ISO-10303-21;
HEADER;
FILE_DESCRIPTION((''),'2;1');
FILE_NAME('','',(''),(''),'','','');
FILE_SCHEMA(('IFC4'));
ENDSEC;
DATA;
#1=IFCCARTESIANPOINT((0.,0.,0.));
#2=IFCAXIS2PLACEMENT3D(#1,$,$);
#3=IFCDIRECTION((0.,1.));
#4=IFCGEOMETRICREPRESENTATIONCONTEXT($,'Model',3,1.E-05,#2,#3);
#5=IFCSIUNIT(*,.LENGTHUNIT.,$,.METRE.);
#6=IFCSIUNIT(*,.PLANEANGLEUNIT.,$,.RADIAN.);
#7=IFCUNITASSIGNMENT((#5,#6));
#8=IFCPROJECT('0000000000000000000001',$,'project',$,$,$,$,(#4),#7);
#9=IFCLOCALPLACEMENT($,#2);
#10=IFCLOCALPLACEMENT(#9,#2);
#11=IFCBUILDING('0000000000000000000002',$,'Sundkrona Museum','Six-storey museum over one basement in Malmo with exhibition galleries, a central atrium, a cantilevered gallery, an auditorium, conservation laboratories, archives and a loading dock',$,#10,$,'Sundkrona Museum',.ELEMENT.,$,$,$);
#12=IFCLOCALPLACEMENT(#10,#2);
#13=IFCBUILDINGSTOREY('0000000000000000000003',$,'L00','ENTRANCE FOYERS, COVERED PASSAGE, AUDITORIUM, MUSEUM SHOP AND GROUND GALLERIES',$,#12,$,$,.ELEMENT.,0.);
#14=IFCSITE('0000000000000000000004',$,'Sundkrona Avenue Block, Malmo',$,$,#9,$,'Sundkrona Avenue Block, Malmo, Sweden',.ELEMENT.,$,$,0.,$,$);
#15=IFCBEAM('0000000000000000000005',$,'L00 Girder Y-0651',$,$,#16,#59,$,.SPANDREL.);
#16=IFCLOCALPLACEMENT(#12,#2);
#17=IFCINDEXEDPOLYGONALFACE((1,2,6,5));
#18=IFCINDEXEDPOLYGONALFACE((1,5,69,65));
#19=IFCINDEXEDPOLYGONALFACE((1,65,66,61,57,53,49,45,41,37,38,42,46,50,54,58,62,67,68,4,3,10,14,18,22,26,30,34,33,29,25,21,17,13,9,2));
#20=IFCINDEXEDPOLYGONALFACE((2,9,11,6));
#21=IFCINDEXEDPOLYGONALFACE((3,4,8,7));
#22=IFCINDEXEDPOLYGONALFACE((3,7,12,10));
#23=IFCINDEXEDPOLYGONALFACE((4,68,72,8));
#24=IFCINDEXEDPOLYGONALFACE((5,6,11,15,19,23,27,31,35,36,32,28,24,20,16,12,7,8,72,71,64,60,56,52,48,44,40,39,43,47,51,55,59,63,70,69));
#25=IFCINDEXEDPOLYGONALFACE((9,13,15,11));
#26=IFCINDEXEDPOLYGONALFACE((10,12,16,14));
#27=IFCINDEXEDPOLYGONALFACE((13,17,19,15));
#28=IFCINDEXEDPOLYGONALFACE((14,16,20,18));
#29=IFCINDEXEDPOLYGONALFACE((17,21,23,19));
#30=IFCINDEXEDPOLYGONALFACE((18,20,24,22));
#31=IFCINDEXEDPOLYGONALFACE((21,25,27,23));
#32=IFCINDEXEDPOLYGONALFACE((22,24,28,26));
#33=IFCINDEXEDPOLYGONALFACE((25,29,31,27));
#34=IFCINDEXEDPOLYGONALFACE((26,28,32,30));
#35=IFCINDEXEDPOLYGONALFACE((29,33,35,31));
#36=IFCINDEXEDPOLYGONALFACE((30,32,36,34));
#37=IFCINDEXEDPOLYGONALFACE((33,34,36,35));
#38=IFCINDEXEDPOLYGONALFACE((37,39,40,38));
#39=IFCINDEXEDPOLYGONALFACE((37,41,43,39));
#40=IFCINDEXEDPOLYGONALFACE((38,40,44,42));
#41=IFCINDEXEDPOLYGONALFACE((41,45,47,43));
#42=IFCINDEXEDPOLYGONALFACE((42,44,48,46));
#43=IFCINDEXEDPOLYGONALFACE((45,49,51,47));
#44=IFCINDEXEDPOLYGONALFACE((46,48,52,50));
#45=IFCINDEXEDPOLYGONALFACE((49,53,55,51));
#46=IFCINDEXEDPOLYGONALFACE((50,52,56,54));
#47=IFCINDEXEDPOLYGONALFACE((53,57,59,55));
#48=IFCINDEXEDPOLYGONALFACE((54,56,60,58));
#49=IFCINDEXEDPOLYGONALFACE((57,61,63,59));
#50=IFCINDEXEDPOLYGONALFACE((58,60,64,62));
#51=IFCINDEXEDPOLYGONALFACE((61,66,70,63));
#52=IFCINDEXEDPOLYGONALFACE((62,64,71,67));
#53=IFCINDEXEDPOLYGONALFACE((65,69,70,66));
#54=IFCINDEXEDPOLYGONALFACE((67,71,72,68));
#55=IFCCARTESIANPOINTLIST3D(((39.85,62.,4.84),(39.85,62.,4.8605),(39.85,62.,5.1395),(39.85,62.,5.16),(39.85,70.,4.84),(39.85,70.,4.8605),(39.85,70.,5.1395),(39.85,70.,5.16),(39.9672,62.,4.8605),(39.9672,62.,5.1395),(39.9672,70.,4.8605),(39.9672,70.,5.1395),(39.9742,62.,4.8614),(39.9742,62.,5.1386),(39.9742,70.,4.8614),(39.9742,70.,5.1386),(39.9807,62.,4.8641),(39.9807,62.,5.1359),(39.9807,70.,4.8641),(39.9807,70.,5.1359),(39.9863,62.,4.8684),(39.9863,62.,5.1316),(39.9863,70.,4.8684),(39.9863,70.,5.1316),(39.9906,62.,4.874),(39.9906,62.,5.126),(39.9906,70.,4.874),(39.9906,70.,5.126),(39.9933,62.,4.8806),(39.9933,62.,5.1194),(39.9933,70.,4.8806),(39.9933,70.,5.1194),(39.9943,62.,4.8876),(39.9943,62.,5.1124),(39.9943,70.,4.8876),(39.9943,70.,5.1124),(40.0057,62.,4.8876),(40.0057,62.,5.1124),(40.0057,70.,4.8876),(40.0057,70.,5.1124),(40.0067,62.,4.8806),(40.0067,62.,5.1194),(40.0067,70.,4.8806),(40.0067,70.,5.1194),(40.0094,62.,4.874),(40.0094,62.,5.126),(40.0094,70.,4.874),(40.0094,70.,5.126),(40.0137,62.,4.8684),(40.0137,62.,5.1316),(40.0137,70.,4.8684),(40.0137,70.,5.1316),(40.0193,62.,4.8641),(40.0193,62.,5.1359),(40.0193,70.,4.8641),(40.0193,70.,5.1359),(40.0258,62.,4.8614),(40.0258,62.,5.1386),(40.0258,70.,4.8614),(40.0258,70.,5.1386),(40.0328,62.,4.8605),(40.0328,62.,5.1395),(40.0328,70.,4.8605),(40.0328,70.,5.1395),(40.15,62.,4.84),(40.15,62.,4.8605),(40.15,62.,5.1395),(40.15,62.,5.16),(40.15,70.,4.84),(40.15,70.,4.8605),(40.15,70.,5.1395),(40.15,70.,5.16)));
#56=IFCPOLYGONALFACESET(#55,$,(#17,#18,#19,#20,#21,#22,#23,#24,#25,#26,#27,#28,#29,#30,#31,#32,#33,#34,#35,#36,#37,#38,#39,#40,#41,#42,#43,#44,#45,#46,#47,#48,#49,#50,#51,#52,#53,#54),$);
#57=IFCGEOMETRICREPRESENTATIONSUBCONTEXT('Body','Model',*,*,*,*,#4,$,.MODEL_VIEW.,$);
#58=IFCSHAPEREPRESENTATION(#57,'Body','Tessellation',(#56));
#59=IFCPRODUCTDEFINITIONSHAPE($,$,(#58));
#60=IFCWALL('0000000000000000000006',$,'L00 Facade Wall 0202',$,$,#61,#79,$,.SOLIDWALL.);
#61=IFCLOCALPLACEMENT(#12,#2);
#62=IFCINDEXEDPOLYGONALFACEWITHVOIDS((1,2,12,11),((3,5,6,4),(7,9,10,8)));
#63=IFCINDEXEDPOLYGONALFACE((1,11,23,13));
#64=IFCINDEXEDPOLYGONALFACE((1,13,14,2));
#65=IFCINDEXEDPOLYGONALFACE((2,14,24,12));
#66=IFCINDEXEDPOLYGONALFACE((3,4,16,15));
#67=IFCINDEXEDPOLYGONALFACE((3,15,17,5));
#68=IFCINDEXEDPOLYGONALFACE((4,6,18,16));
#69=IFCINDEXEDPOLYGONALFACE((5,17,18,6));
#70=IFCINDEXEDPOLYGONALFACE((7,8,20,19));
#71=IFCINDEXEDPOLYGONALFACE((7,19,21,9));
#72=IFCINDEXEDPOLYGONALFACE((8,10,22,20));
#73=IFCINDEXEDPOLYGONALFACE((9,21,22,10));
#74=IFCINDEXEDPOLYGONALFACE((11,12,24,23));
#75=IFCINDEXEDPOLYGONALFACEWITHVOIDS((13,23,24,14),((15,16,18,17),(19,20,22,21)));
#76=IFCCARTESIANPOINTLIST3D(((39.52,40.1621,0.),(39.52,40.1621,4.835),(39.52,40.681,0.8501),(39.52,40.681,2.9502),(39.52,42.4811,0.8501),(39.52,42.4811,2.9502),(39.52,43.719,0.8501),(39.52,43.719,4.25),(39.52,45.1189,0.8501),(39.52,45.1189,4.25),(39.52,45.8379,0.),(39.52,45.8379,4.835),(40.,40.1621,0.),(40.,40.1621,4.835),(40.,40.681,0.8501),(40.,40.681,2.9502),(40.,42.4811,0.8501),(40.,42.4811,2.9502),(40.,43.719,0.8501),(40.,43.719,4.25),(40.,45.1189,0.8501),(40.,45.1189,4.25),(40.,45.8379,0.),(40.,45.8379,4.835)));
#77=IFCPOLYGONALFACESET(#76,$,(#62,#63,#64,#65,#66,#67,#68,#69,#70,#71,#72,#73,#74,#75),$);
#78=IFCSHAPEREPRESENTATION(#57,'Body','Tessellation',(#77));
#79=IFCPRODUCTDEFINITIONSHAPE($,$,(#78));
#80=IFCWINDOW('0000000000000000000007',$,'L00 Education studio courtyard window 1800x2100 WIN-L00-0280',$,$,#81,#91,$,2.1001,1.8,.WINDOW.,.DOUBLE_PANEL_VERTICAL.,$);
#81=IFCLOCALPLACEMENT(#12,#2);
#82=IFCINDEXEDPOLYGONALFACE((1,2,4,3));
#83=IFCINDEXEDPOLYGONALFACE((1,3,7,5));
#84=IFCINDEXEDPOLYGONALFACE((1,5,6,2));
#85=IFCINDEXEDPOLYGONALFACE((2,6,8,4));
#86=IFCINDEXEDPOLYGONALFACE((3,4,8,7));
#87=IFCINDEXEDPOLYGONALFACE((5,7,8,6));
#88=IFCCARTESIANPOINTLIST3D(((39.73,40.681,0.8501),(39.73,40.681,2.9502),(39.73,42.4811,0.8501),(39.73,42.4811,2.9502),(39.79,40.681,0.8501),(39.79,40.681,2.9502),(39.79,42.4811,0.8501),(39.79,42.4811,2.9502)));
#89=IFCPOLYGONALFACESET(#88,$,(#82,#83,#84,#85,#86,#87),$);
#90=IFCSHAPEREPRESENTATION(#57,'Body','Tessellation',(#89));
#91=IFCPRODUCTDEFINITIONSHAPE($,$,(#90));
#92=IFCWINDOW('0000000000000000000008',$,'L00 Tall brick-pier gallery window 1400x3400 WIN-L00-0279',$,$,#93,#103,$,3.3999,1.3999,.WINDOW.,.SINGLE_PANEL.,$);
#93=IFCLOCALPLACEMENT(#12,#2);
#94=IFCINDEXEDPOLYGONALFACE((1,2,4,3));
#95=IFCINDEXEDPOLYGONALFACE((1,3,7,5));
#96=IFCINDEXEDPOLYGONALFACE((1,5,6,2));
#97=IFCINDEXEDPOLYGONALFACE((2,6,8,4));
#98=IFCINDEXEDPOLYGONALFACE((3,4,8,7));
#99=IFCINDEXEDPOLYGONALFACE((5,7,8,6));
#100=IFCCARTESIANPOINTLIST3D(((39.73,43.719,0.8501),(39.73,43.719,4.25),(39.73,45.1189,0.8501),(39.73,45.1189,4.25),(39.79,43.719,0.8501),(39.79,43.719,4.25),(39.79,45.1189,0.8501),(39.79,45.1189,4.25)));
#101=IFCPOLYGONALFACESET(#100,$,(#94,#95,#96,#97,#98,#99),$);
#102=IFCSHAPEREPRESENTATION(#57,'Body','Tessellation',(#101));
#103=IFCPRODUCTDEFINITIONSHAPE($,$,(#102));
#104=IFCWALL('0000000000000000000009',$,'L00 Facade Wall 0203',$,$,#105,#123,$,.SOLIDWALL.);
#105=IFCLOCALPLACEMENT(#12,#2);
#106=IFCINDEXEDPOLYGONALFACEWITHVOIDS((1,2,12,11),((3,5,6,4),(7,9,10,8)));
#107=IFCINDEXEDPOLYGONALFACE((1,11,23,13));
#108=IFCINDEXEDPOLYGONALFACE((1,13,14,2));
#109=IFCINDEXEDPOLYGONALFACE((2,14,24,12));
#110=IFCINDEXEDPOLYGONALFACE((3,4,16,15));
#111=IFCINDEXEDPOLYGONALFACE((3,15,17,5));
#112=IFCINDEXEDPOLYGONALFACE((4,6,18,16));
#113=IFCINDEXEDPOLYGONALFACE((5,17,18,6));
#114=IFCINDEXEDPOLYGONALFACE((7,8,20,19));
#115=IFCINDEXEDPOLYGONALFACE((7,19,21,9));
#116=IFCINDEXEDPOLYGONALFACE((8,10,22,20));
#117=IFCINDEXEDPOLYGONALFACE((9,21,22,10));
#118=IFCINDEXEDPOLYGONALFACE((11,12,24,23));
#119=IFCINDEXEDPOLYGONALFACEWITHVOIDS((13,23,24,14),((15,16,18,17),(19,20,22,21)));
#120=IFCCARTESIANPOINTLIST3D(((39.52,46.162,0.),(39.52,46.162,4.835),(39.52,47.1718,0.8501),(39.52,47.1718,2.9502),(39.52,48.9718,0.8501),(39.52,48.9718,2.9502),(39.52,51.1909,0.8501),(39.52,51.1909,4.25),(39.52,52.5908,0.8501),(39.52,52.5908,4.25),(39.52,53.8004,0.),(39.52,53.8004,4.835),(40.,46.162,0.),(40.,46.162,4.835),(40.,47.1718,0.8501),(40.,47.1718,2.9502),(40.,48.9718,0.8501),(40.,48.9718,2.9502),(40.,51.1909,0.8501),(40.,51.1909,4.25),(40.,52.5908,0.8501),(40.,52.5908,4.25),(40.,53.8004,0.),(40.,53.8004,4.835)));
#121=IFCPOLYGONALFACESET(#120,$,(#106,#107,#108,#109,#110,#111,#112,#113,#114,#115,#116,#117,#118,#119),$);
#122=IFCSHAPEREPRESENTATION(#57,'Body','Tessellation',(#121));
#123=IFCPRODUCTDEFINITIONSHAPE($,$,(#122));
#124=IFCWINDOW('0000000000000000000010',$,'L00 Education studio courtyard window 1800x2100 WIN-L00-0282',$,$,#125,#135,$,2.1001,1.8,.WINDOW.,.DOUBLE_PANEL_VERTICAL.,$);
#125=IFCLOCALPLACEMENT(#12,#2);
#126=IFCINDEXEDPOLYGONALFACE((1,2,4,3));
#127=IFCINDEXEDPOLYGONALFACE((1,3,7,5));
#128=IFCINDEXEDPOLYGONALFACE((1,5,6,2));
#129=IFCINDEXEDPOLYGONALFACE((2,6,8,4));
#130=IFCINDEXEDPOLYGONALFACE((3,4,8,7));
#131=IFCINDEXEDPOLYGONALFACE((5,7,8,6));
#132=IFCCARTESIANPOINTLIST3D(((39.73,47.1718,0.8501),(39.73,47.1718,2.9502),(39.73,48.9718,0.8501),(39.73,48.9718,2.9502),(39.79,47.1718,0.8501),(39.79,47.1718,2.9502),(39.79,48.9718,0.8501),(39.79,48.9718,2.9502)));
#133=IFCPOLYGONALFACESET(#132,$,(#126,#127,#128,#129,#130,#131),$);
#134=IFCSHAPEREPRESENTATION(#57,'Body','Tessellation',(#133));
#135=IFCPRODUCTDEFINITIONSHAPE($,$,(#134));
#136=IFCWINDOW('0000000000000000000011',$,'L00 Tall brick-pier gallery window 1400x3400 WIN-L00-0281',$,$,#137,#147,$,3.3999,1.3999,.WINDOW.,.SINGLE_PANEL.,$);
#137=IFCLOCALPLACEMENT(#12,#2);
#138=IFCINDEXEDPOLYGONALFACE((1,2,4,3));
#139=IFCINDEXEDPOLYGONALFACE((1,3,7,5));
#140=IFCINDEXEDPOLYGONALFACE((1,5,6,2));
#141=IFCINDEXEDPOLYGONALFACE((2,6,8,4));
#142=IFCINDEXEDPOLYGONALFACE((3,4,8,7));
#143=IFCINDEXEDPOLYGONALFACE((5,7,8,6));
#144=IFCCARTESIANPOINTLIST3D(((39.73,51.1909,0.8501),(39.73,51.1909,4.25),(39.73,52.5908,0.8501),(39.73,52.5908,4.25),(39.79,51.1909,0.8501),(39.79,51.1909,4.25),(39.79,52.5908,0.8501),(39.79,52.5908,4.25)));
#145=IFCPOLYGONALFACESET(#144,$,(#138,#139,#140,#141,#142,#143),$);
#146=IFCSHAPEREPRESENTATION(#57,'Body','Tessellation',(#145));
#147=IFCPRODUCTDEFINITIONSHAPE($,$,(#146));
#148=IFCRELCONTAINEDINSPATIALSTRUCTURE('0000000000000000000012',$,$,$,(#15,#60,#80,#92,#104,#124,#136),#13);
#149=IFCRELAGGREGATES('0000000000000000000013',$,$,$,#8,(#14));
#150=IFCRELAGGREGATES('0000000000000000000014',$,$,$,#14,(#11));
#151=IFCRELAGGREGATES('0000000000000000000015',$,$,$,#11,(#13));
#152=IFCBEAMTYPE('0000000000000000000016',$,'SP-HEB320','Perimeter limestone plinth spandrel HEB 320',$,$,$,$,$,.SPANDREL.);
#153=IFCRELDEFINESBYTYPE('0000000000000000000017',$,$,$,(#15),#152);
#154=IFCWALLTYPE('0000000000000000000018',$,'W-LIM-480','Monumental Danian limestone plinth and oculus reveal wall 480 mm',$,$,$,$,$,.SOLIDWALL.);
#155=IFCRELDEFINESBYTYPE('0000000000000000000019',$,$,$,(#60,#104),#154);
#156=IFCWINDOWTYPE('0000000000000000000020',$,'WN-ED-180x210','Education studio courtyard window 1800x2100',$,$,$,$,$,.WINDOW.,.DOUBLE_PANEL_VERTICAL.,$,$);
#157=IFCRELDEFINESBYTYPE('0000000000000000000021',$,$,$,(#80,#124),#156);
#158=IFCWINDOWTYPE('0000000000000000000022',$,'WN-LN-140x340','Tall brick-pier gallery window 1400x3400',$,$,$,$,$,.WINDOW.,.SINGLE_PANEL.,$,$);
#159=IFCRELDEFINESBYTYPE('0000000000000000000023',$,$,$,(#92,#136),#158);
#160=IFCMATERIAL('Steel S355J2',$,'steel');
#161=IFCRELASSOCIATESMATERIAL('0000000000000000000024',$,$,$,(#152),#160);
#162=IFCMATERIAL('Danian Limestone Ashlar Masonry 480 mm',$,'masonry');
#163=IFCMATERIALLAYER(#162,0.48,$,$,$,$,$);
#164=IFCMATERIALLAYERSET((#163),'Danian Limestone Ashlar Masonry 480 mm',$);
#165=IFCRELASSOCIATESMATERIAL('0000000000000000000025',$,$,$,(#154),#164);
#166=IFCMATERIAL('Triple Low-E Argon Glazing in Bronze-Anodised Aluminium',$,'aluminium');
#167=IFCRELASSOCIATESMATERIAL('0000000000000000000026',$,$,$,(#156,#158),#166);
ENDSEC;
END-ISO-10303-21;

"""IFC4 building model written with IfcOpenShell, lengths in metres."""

from ifc_helpers import new_model, si_unit, direction, frame, frame_2d, origin, origin_2d, place, context, subcontext, project, spatial, rectangle, i_section, extrude, material, layer, layer_set, material_profile, profile_set, type_object, element, fill, save


model = new_model("IFC4")

# Units and contexts
model_context = context("Model", 3, precision=1e-05, world=origin(), true_north=direction((0.0, 1.0)))
body_context = subcontext(model_context, "Body", "Model", "MODEL_VIEW")
ifc_project = project(units=[si_unit("LENGTHUNIT", "METRE"), si_unit("PLANEANGLEUNIT", "RADIAN")], contexts=[model_context])

# Site, building, storey
site_placement = place(None, origin())
site = spatial("IfcSite", under=ifc_project, at=site_placement, Name="Sundkrona Avenue Block, Malmo", LongName="Sundkrona Avenue Block, Malmo, Sweden", CompositionType="ELEMENT", RefElevation=0.0)
building_placement = place(site_placement, origin())
building = spatial("IfcBuilding", under=site, at=building_placement, Name="Sundkrona Museum", Description="Six-storey museum over one basement in Malmo with exhibition galleries, a central atrium, a cantilevered gallery, an auditorium, conservation laboratories, archives and a loading dock", LongName="Sundkrona Museum", CompositionType="ELEMENT")
storey_placement = place(building_placement, origin())
storey = spatial("IfcBuildingStorey", under=building, at=storey_placement, Name="L00", Description="ENTRANCE FOYERS, COVERED PASSAGE, AUDITORIUM, MUSEUM SHOP AND GROUND GALLERIES", CompositionType="ELEMENT", Elevation=0.0)

# Shared definitions
ifc_material_1 = material(Name="Steel S355J2", Category="steel")

# Beam
ifc_material_profile_1 = material_profile(ifc_material_1, i_section(OverallWidth=0.3, OverallDepth=0.3201, WebThickness=0.0115, FlangeThickness=0.0205, FilletRadius=0.0271, at=origin_2d()), Name="HEB 320")
ifc_profile_set_1 = profile_set([ifc_material_profile_1], Name="Steel S355J2")
beam_type_1 = type_object("IfcBeamType", Name="SP-HEB320", Description="Perimeter limestone plinth spandrel HEB 320", PredefinedType="SPANDREL", material=ifc_profile_set_1)
for number, where, z_axis, x_axis, name in (
    (1, (40.0, 62.0, 5.0), (0.0, 1.0, 0.0), (-1.0, 0.0, 0.0), "L00 Girder Y-0651"),
):
    element("IfcBeam", number, at=place(storey_placement, frame(where, z_axis=z_axis, x_axis=x_axis)), inside=storey, type_object=beam_type_1, Name=name, PredefinedType="SPANDREL", context=body_context, shape_type="SweptSolid", body=[
        extrude(i_section(OverallWidth=0.3, OverallDepth=0.3201, WebThickness=0.0115, FlangeThickness=0.0205, FilletRadius=0.0271, at=origin_2d()), origin(), (0.0, 0.0, 1.0), 8.0),
    ])

# Walls, openings, windows
ifc_material_2 = material(Name="Danian Limestone Ashlar Masonry 480 mm", Category="masonry")
ifc_layer_1 = layer(ifc_material_2, 0.48)
ifc_layer_set_1 = layer_set([ifc_layer_1], Name="Danian Limestone Ashlar Masonry 480 mm")
wall_type_1 = type_object("IfcWallType", Name="W-LIM-480", Description="Monumental Danian limestone plinth and oculus reveal wall 480 mm", PredefinedType="SOLIDWALL", material=ifc_layer_set_1)
wall_1_placement = place(storey_placement, frame((39.76, 45.8379, 0.0), z_axis=(0.0, 0.0, 1.0), x_axis=(0.0, -1.0, 0.0)))
wall_1 = element("IfcWall", 2, at=wall_1_placement, inside=storey, type_object=wall_type_1, Name="L00 Facade Wall 0202", PredefinedType="SOLIDWALL", context=body_context, shape_type="SweptSolid", body=[
    extrude(rectangle(XDim=5.6758, YDim=0.48, at=frame_2d((2.8379, 0.0))), origin(), (0.0, 0.0, 1.0), 4.835),
])
opening_1_placement = place(wall_1_placement, frame((0.719, 0.0, 0.8501)))
opening_1 = element("IfcOpeningElement", 3, at=opening_1_placement, cuts=wall_1, PredefinedType="OPENING", context=body_context, shape_type="SweptSolid", body=[
    extrude(rectangle(XDim=1.3999, YDim=3.3999, at=frame_2d((0.7, 1.7))), frame((0.0, 0.25, 0.0), z_axis=(0.0, -1.0, 0.0), x_axis=(1.0, 0.0, 0.0)), (0.0, 0.0, 1.0), 0.5),
])
opening_2_placement = place(wall_1_placement, frame((3.3569, 0.0, 0.8501)))
opening_2 = element("IfcOpeningElement", 4, at=opening_2_placement, cuts=wall_1, PredefinedType="OPENING", context=body_context, shape_type="SweptSolid", body=[
    extrude(rectangle(XDim=1.8, YDim=2.1001, at=frame_2d((0.8999, 1.05))), frame((0.0, 0.25, 0.0), z_axis=(0.0, -1.0, 0.0), x_axis=(1.0, 0.0, 0.0)), (0.0, 0.0, 1.0), 0.5),
])
ifc_material_3 = material(Name="Triple Low-E Argon Glazing in Bronze-Anodised Aluminium", Category="aluminium")
window_type_1 = type_object("IfcWindowType", Name="WN-ED-180x210", Description="Education studio courtyard window 1800x2100", PartitioningType="DOUBLE_PANEL_VERTICAL", PredefinedType="WINDOW", material=ifc_material_3)
window_1_placement = place(opening_2_placement, origin())
window_1 = element("IfcWindow", 5, at=window_1_placement, inside=storey, type_object=window_type_1, Name="L00 Education studio courtyard window 1800x2100 WIN-L00-0280", OverallHeight=2.1001, OverallWidth=1.8, PartitioningType="DOUBLE_PANEL_VERTICAL", PredefinedType="WINDOW", context=body_context, shape_type="SweptSolid", body=[
    extrude(rectangle(XDim=1.8, YDim=2.1001, at=frame_2d((0.8999, 1.05))), frame((0.0, 0.03, 0.0), z_axis=(0.0, -1.0, 0.0), x_axis=(1.0, 0.0, 0.0)), (0.0, 0.0, 1.0), 0.0601),
])
fill(opening_2, window_1)
window_type_2 = type_object("IfcWindowType", Name="WN-LN-140x340", Description="Tall brick-pier gallery window 1400x3400", PartitioningType="SINGLE_PANEL", PredefinedType="WINDOW", material=ifc_material_3)
window_2_placement = place(opening_1_placement, origin())
window_2 = element("IfcWindow", 6, at=window_2_placement, inside=storey, type_object=window_type_2, Name="L00 Tall brick-pier gallery window 1400x3400 WIN-L00-0279", OverallHeight=3.3999, OverallWidth=1.3999, PartitioningType="SINGLE_PANEL", PredefinedType="WINDOW", context=body_context, shape_type="SweptSolid", body=[
    extrude(rectangle(XDim=1.3999, YDim=3.3999, at=frame_2d((0.7, 1.7))), frame((0.0, 0.03, 0.0), z_axis=(0.0, -1.0, 0.0), x_axis=(1.0, 0.0, 0.0)), (0.0, 0.0, 1.0), 0.0601),
])
fill(opening_1, window_2)
wall_2_placement = place(storey_placement, frame((39.76, 53.8005, 0.0), z_axis=(0.0, 0.0, 1.0), x_axis=(0.0, -1.0, 0.0)))
wall_2 = element("IfcWall", 7, at=wall_2_placement, inside=storey, type_object=wall_type_1, Name="L00 Facade Wall 0203", PredefinedType="SOLIDWALL", context=body_context, shape_type="SweptSolid", body=[
    extrude(rectangle(XDim=7.6384, YDim=0.48, at=frame_2d((3.8193, 0.0))), origin(), (0.0, 0.0, 1.0), 4.835),
])
opening_3_placement = place(wall_2_placement, frame((1.2097, 0.0, 0.8501)))
opening_3 = element("IfcOpeningElement", 8, at=opening_3_placement, cuts=wall_2, PredefinedType="OPENING", context=body_context, shape_type="SweptSolid", body=[
    extrude(rectangle(XDim=1.3999, YDim=3.3999, at=frame_2d((0.7, 1.7))), frame((0.0, 0.25, 0.0), z_axis=(0.0, -1.0, 0.0), x_axis=(1.0, 0.0, 0.0)), (0.0, 0.0, 1.0), 0.5),
])
opening_4_placement = place(wall_2_placement, frame((4.8289, 0.0, 0.8501)))
opening_4 = element("IfcOpeningElement", 9, at=opening_4_placement, cuts=wall_2, PredefinedType="OPENING", context=body_context, shape_type="SweptSolid", body=[
    extrude(rectangle(XDim=1.8, YDim=2.1001, at=frame_2d((0.8999, 1.05))), frame((0.0, 0.25, 0.0), z_axis=(0.0, -1.0, 0.0), x_axis=(1.0, 0.0, 0.0)), (0.0, 0.0, 1.0), 0.5),
])
window_3_placement = place(opening_4_placement, origin())
window_3 = element("IfcWindow", 10, at=window_3_placement, inside=storey, type_object=window_type_1, Name="L00 Education studio courtyard window 1800x2100 WIN-L00-0282", OverallHeight=2.1001, OverallWidth=1.8, PartitioningType="DOUBLE_PANEL_VERTICAL", PredefinedType="WINDOW", context=body_context, shape_type="SweptSolid", body=[
    extrude(rectangle(XDim=1.8, YDim=2.1001, at=frame_2d((0.8999, 1.05))), frame((0.0, 0.03, 0.0), z_axis=(0.0, -1.0, 0.0), x_axis=(1.0, 0.0, 0.0)), (0.0, 0.0, 1.0), 0.0601),
])
fill(opening_4, window_3)
window_4_placement = place(opening_3_placement, origin())
window_4 = element("IfcWindow", 11, at=window_4_placement, inside=storey, type_object=window_type_2, Name="L00 Tall brick-pier gallery window 1400x3400 WIN-L00-0281", OverallHeight=3.3999, OverallWidth=1.3999, PartitioningType="SINGLE_PANEL", PredefinedType="WINDOW", context=body_context, shape_type="SweptSolid", body=[
    extrude(rectangle(XDim=1.3999, YDim=3.3999, at=frame_2d((0.7, 1.7))), frame((0.0, 0.03, 0.0), z_axis=(0.0, -1.0, 0.0), x_axis=(1.0, 0.0, 0.0)), (0.0, 0.0, 1.0), 0.0601),
])
fill(opening_3, window_4)

save(model, "model.ifc")
